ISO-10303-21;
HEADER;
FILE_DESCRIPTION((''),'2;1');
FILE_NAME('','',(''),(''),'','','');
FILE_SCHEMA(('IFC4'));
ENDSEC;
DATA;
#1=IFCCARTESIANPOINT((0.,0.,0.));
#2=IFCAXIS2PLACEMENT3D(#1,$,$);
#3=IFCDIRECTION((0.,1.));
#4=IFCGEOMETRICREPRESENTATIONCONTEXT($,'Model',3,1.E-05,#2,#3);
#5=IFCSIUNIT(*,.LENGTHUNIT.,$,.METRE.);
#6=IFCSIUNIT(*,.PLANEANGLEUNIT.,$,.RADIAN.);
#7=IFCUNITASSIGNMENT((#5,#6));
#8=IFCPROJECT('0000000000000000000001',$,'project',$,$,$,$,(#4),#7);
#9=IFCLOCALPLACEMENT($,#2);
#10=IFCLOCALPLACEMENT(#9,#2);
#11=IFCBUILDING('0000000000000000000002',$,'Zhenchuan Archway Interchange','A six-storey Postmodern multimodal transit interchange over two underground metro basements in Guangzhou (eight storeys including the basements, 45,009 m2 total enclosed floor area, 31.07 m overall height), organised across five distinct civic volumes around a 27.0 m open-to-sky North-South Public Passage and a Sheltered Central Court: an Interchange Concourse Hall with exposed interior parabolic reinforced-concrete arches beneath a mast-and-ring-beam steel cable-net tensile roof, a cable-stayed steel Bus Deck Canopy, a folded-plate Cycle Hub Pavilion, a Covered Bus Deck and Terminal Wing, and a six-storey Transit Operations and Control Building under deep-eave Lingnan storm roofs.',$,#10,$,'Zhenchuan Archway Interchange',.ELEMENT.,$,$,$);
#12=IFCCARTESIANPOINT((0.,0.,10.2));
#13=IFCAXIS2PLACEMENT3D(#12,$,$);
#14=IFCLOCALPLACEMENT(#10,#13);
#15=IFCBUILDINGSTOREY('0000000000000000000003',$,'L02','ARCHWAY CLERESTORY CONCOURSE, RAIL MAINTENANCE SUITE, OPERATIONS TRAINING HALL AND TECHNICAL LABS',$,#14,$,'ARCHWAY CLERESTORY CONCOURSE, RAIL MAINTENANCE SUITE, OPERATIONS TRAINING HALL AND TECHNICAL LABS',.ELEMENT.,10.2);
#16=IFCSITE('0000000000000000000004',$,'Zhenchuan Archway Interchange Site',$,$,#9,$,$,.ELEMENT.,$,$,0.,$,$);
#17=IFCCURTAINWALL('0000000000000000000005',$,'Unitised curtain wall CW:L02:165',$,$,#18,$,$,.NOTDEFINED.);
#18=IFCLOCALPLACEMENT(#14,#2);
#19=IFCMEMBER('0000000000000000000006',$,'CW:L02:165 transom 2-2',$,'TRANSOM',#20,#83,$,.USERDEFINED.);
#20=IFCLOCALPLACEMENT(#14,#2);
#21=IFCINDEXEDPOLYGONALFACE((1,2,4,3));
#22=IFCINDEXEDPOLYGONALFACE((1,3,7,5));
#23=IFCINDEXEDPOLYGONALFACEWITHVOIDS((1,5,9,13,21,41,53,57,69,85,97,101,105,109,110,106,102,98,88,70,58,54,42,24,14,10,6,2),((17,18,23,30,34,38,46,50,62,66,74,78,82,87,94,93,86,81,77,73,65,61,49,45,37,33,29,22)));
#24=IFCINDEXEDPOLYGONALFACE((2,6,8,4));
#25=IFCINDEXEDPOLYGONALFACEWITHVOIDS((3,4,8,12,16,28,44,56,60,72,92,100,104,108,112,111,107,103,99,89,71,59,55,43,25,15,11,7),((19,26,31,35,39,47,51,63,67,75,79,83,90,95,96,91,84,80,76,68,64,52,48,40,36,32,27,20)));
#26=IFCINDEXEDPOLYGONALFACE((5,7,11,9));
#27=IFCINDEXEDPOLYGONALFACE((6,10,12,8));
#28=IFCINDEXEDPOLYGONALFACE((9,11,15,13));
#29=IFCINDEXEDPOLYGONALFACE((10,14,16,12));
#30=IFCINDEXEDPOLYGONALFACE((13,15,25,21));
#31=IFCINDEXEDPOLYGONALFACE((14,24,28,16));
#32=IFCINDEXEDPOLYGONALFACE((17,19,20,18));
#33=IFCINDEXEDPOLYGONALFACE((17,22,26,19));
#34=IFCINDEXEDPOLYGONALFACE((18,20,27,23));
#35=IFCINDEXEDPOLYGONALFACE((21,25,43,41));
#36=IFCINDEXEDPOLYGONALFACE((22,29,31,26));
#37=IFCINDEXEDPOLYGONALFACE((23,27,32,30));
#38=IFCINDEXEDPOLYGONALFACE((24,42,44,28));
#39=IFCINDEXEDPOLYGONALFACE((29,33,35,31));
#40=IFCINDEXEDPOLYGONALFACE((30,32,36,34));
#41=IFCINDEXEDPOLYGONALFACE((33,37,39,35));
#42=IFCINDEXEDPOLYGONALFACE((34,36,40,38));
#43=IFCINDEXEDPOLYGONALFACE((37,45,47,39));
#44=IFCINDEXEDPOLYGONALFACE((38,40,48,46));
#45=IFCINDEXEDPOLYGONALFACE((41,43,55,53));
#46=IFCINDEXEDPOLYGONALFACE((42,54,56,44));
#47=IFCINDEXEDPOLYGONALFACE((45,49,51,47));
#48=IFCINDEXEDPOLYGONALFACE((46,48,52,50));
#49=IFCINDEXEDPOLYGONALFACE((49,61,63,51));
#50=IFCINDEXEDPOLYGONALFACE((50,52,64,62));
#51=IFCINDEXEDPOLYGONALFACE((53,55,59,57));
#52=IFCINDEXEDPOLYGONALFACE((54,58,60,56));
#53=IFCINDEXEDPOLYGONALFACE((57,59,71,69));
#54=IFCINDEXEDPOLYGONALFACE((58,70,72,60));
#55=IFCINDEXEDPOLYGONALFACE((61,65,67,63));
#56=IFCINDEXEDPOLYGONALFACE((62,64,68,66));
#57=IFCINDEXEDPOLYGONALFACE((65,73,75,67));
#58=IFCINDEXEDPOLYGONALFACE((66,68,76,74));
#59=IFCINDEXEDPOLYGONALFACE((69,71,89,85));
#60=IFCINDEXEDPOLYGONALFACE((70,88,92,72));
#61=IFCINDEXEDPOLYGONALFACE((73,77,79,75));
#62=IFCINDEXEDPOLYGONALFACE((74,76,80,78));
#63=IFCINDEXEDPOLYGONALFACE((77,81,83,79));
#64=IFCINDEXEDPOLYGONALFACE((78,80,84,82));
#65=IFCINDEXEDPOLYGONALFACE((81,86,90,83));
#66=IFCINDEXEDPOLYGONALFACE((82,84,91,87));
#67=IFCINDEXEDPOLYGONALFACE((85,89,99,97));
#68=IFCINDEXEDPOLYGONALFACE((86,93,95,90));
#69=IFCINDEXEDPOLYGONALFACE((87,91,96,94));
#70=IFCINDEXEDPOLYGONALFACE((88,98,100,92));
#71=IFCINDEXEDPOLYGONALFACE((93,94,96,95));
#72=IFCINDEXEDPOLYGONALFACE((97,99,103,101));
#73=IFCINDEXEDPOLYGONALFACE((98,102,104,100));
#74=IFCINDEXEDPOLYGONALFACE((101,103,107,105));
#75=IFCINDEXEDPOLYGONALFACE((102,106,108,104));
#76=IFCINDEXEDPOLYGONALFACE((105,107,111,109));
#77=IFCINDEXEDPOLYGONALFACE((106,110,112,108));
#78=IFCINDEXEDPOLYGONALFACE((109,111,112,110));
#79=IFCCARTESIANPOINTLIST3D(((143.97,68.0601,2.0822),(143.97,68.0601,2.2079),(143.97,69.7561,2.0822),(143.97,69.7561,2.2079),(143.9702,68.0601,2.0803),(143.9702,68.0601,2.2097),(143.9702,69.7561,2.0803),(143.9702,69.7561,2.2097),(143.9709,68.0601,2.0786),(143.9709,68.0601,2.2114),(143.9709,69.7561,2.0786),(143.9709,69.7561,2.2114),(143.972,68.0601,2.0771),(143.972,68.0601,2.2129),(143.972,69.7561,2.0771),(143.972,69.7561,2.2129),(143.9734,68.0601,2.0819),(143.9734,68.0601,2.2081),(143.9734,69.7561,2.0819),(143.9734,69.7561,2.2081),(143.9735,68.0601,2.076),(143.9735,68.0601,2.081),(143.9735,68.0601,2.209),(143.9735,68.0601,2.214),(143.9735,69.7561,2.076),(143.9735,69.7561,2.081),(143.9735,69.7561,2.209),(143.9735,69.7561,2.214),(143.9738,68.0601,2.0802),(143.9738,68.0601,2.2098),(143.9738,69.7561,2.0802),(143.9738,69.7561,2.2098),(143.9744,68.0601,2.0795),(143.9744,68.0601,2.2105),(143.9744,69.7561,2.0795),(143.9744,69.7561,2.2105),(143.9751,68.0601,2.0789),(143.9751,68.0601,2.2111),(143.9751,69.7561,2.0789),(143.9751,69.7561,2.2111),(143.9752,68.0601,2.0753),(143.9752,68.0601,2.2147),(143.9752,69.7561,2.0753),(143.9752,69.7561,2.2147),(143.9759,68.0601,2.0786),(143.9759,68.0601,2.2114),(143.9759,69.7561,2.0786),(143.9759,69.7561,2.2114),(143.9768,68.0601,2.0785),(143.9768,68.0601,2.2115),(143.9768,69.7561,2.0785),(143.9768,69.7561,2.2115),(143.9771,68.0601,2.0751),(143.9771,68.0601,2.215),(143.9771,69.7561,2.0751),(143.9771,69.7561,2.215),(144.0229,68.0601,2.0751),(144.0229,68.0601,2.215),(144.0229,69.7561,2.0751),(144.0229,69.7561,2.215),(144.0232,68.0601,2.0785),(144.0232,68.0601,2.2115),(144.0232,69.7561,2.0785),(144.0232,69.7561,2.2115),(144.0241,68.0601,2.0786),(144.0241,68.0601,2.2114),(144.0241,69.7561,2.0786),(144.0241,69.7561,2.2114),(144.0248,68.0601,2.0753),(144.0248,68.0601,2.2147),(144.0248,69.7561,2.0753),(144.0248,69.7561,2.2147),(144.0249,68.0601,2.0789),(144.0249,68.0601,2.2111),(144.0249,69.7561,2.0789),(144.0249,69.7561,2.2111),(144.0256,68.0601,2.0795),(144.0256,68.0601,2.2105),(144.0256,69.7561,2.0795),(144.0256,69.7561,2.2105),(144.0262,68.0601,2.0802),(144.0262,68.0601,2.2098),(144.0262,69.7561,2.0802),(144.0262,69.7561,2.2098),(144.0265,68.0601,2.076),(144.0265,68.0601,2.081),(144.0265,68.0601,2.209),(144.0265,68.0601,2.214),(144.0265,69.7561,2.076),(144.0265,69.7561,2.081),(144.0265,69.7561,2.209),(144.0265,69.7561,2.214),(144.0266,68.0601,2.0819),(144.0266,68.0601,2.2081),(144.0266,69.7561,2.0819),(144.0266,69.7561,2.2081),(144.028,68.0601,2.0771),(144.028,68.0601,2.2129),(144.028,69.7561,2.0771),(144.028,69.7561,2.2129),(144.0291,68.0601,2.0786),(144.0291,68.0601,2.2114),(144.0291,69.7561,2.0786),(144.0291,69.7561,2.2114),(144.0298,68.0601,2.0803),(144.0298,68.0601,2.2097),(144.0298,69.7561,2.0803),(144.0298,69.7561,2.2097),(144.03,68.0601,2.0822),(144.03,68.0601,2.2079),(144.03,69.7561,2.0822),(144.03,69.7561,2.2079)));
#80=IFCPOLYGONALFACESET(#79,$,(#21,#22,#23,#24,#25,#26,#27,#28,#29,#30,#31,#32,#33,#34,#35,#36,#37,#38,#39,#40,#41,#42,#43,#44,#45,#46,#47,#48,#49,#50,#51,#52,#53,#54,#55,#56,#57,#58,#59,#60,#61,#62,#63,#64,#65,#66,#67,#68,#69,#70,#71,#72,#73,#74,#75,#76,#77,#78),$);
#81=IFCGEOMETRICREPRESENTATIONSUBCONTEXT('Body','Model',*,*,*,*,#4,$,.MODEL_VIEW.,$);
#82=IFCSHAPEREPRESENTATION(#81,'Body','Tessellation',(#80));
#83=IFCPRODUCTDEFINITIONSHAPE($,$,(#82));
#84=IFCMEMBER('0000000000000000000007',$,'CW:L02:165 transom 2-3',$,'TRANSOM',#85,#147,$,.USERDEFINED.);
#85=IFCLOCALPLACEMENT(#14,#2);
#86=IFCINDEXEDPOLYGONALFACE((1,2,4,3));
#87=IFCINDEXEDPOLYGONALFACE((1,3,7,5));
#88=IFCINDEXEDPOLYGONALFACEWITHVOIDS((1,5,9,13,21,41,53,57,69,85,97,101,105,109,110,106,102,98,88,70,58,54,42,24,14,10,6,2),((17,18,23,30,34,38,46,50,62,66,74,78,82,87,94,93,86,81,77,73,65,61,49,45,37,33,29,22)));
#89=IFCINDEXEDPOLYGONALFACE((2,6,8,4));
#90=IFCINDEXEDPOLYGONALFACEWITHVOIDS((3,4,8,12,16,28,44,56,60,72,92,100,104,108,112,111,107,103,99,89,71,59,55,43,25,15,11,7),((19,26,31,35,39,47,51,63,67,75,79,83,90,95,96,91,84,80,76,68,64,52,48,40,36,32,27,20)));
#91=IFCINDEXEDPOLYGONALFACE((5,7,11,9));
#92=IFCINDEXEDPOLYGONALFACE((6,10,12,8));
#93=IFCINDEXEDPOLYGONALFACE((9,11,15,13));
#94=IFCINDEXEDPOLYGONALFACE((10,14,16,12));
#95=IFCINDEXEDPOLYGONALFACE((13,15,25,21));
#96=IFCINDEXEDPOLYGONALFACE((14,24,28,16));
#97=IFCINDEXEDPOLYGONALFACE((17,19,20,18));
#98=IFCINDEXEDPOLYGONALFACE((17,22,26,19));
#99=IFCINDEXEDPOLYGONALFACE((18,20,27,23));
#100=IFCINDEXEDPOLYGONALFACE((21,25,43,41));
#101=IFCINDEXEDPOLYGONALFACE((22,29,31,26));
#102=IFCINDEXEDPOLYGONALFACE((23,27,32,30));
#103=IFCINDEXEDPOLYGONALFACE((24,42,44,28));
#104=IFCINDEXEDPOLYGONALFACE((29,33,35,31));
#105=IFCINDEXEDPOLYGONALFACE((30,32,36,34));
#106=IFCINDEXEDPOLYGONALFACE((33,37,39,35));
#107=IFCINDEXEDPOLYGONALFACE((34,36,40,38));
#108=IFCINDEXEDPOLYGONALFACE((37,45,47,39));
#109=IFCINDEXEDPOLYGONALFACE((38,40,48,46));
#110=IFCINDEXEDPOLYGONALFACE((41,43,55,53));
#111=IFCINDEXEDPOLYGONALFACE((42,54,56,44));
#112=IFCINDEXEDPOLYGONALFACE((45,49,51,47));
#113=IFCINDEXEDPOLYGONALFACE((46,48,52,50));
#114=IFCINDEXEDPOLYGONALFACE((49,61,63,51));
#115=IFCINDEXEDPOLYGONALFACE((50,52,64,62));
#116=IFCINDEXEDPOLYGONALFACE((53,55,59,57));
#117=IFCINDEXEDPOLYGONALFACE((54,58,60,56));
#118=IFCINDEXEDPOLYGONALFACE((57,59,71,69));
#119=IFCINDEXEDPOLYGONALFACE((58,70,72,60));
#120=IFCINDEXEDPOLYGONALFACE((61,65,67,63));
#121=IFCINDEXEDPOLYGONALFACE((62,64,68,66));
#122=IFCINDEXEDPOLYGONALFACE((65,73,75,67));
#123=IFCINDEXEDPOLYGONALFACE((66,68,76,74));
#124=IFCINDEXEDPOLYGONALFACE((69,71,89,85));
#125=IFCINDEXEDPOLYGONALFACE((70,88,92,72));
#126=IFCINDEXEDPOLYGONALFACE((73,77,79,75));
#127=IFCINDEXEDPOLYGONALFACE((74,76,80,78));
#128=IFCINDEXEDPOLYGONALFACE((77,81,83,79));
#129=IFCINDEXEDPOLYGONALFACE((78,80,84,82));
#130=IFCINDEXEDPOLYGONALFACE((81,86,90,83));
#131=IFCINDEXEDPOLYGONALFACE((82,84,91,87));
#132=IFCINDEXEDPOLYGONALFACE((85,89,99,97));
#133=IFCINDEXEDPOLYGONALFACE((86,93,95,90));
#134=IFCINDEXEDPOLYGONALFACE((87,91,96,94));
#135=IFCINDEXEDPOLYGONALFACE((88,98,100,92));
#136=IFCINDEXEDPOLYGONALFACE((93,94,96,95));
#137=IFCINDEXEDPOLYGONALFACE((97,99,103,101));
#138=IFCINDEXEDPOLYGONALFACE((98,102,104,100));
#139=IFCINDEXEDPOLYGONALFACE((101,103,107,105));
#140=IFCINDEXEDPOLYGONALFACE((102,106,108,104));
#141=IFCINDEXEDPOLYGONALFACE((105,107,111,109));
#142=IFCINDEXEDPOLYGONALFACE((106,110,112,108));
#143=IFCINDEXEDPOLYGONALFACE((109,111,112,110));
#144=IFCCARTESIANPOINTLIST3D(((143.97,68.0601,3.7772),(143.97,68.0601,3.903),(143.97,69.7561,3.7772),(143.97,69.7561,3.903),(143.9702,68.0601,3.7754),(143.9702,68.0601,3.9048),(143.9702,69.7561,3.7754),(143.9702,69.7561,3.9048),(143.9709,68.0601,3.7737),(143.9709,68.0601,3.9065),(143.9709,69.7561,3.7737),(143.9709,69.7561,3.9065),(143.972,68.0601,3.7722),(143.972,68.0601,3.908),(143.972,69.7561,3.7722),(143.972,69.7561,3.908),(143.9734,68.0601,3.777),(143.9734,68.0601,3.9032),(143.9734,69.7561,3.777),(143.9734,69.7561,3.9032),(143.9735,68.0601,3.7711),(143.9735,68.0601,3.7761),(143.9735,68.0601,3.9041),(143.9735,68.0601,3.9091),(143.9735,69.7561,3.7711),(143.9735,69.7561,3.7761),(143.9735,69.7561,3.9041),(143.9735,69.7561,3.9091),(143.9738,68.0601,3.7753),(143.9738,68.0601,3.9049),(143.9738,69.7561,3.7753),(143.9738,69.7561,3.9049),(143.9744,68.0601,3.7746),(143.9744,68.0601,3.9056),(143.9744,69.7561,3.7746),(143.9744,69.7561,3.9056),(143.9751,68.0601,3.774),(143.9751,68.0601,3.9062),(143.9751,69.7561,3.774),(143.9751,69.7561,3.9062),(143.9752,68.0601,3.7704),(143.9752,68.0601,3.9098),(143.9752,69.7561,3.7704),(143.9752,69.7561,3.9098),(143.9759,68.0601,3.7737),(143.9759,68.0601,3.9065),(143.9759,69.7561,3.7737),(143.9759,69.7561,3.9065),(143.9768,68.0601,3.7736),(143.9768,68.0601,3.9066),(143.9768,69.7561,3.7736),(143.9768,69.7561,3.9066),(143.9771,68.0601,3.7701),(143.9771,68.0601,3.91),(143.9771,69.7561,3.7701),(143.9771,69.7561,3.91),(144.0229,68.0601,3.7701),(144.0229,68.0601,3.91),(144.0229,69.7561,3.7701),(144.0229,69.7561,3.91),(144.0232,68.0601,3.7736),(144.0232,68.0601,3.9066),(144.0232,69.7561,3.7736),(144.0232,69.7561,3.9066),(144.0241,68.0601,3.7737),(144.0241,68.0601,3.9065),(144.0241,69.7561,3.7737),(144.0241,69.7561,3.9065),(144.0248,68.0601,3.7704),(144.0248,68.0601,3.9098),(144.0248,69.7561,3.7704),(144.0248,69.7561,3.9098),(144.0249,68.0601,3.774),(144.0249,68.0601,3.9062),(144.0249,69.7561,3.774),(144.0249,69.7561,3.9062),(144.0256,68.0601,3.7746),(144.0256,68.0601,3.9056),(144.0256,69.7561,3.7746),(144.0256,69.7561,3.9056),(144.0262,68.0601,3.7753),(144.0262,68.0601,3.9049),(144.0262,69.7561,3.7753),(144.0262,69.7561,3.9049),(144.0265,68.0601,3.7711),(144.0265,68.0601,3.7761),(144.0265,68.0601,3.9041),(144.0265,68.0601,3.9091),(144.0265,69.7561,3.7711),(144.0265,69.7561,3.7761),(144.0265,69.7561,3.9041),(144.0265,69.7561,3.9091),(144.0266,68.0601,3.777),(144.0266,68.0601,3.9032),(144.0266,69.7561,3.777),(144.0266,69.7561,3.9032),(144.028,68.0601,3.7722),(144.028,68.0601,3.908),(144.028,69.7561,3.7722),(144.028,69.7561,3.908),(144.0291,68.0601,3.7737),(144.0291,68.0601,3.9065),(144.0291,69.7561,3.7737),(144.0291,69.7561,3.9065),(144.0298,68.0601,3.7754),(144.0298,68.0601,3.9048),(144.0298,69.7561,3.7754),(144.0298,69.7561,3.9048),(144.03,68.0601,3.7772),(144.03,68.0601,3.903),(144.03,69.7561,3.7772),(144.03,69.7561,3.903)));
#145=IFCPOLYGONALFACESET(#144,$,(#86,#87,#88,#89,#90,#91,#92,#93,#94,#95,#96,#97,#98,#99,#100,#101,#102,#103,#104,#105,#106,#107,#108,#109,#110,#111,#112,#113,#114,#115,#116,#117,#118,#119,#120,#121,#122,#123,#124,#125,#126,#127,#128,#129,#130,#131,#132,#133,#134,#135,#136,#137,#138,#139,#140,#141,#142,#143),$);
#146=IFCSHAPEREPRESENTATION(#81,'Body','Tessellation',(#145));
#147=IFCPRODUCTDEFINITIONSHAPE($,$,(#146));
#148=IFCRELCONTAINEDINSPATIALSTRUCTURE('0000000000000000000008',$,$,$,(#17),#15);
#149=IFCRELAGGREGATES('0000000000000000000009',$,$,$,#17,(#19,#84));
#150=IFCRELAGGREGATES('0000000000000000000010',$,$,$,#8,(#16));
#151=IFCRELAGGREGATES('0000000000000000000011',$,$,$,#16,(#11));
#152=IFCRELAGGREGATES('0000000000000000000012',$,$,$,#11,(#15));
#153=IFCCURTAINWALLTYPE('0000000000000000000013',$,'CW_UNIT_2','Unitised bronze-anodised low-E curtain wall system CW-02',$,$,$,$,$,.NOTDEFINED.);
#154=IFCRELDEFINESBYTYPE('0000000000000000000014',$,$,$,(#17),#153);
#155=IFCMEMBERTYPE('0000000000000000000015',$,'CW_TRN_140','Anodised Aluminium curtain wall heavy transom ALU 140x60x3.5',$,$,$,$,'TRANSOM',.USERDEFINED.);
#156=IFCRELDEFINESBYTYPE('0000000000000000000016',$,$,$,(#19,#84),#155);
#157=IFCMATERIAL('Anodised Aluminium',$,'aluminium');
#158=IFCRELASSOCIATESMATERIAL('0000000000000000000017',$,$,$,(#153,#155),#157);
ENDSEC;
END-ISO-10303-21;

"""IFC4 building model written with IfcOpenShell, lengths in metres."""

from ifc_helpers import new_model, si_unit, direction, frame, origin, origin_2d, place, context, subcontext, project, spatial, hollow_rectangle, extrude, material, material_profile, profile_set, type_object, element, aggregate, save


model = new_model("IFC4")

# Units and contexts
model_context = context("Model", 3, precision=1e-05, world=origin(), true_north=direction((0.0, 1.0)))
body_context = subcontext(model_context, "Body", "Model", "MODEL_VIEW")
ifc_project = project(units=[si_unit("LENGTHUNIT", "METRE"), si_unit("PLANEANGLEUNIT", "RADIAN")], contexts=[model_context])

# Site, building, storey
site_placement = place(None, origin())
site = spatial("IfcSite", under=ifc_project, at=site_placement, Name="Zhenchuan Archway Interchange Site", CompositionType="ELEMENT", RefElevation=0.0)
building_placement = place(site_placement, origin())
building = spatial("IfcBuilding", under=site, at=building_placement, Name="Zhenchuan Archway Interchange", Description="A six-storey Postmodern multimodal transit interchange over two underground metro basements in Guangzhou (eight storeys including the basements, 45,009 m2 total enclosed floor area, 31.07 m overall height), organised across five distinct civic volumes around a 27.0 m open-to-sky North-South Public Passage and a Sheltered Central Court: an Interchange Concourse Hall with exposed interior parabolic reinforced-concrete arches beneath a mast-and-ring-beam steel cable-net tensile roof, a cable-stayed steel Bus Deck Canopy, a folded-plate Cycle Hub Pavilion, a Covered Bus Deck and Terminal Wing, and a six-storey Transit Operations and Control Building under deep-eave Lingnan storm roofs.", LongName="Zhenchuan Archway Interchange", CompositionType="ELEMENT")
storey_placement = place(building_placement, frame((0.0, 0.0, 10.2)))
storey = spatial("IfcBuildingStorey", under=building, at=storey_placement, Name="L02", Description="ARCHWAY CLERESTORY CONCOURSE, RAIL MAINTENANCE SUITE, OPERATIONS TRAINING HALL AND TECHNICAL LABS", LongName="ARCHWAY CLERESTORY CONCOURSE, RAIL MAINTENANCE SUITE, OPERATIONS TRAINING HALL AND TECHNICAL LABS", CompositionType="ELEMENT", Elevation=10.2)

# Curtain wall, members
ifc_material_1 = material(Name="Anodised Aluminium", Category="aluminium")
curtain_wall_type = type_object("IfcCurtainWallType", Name="CW_UNIT_2", Description="Unitised bronze-anodised low-E curtain wall system CW-02", PredefinedType="NOTDEFINED", material=ifc_material_1)
curtain_wall_placement = place(storey_placement, origin())
curtain_wall = element("IfcCurtainWall", 1, at=curtain_wall_placement, inside=storey, type_object=curtain_wall_type, Name="Unitised curtain wall CW:L02:165", PredefinedType="NOTDEFINED")
ifc_material_profile_1 = material_profile(ifc_material_1, hollow_rectangle(XDim=0.0601, YDim=0.1399, WallThickness=0.0034, InnerFilletRadius=0.0034, OuterFilletRadius=0.0071, at=origin_2d()), Name="ALU 140x60x3.5")
ifc_profile_set_1 = profile_set([ifc_material_profile_1], Name="Anodised Aluminium")
member_type_1 = type_object("IfcMemberType", Name="CW_TRN_140", Description="Anodised Aluminium curtain wall heavy transom ALU 140x60x3.5", ElementType="TRANSOM", PredefinedType="USERDEFINED", material=ifc_profile_set_1)
member_1_placement = place(storey_placement, frame((144.0, 68.0601, 2.145), z_axis=(0.0, 1.0, 0.0), x_axis=(-1.0, 0.0, 0.0)))
member_1 = element("IfcMember", 2, at=member_1_placement, type_object=member_type_1, Name="CW:L02:165 transom 2-2", ObjectType="TRANSOM", PredefinedType="USERDEFINED", context=body_context, shape_type="SweptSolid", body=[
    extrude(hollow_rectangle(XDim=0.0601, YDim=0.1399, WallThickness=0.0034, InnerFilletRadius=0.0034, OuterFilletRadius=0.0071, at=origin_2d()), origin(), (0.0, 0.0, 1.0), 1.696),
])
member_2_placement = place(storey_placement, frame((144.0, 68.0601, 3.8401), z_axis=(0.0, 1.0, 0.0), x_axis=(-1.0, 0.0, 0.0)))
member_2 = element("IfcMember", 3, at=member_2_placement, type_object=member_type_1, Name="CW:L02:165 transom 2-3", ObjectType="TRANSOM", PredefinedType="USERDEFINED", context=body_context, shape_type="SweptSolid", body=[
    extrude(hollow_rectangle(XDim=0.0601, YDim=0.1399, WallThickness=0.0034, InnerFilletRadius=0.0034, OuterFilletRadius=0.0071, at=origin_2d()), origin(), (0.0, 0.0, 1.0), 1.696),
])

aggregate(curtain_wall, [member_1, member_2])

save(model, "model.ifc")
